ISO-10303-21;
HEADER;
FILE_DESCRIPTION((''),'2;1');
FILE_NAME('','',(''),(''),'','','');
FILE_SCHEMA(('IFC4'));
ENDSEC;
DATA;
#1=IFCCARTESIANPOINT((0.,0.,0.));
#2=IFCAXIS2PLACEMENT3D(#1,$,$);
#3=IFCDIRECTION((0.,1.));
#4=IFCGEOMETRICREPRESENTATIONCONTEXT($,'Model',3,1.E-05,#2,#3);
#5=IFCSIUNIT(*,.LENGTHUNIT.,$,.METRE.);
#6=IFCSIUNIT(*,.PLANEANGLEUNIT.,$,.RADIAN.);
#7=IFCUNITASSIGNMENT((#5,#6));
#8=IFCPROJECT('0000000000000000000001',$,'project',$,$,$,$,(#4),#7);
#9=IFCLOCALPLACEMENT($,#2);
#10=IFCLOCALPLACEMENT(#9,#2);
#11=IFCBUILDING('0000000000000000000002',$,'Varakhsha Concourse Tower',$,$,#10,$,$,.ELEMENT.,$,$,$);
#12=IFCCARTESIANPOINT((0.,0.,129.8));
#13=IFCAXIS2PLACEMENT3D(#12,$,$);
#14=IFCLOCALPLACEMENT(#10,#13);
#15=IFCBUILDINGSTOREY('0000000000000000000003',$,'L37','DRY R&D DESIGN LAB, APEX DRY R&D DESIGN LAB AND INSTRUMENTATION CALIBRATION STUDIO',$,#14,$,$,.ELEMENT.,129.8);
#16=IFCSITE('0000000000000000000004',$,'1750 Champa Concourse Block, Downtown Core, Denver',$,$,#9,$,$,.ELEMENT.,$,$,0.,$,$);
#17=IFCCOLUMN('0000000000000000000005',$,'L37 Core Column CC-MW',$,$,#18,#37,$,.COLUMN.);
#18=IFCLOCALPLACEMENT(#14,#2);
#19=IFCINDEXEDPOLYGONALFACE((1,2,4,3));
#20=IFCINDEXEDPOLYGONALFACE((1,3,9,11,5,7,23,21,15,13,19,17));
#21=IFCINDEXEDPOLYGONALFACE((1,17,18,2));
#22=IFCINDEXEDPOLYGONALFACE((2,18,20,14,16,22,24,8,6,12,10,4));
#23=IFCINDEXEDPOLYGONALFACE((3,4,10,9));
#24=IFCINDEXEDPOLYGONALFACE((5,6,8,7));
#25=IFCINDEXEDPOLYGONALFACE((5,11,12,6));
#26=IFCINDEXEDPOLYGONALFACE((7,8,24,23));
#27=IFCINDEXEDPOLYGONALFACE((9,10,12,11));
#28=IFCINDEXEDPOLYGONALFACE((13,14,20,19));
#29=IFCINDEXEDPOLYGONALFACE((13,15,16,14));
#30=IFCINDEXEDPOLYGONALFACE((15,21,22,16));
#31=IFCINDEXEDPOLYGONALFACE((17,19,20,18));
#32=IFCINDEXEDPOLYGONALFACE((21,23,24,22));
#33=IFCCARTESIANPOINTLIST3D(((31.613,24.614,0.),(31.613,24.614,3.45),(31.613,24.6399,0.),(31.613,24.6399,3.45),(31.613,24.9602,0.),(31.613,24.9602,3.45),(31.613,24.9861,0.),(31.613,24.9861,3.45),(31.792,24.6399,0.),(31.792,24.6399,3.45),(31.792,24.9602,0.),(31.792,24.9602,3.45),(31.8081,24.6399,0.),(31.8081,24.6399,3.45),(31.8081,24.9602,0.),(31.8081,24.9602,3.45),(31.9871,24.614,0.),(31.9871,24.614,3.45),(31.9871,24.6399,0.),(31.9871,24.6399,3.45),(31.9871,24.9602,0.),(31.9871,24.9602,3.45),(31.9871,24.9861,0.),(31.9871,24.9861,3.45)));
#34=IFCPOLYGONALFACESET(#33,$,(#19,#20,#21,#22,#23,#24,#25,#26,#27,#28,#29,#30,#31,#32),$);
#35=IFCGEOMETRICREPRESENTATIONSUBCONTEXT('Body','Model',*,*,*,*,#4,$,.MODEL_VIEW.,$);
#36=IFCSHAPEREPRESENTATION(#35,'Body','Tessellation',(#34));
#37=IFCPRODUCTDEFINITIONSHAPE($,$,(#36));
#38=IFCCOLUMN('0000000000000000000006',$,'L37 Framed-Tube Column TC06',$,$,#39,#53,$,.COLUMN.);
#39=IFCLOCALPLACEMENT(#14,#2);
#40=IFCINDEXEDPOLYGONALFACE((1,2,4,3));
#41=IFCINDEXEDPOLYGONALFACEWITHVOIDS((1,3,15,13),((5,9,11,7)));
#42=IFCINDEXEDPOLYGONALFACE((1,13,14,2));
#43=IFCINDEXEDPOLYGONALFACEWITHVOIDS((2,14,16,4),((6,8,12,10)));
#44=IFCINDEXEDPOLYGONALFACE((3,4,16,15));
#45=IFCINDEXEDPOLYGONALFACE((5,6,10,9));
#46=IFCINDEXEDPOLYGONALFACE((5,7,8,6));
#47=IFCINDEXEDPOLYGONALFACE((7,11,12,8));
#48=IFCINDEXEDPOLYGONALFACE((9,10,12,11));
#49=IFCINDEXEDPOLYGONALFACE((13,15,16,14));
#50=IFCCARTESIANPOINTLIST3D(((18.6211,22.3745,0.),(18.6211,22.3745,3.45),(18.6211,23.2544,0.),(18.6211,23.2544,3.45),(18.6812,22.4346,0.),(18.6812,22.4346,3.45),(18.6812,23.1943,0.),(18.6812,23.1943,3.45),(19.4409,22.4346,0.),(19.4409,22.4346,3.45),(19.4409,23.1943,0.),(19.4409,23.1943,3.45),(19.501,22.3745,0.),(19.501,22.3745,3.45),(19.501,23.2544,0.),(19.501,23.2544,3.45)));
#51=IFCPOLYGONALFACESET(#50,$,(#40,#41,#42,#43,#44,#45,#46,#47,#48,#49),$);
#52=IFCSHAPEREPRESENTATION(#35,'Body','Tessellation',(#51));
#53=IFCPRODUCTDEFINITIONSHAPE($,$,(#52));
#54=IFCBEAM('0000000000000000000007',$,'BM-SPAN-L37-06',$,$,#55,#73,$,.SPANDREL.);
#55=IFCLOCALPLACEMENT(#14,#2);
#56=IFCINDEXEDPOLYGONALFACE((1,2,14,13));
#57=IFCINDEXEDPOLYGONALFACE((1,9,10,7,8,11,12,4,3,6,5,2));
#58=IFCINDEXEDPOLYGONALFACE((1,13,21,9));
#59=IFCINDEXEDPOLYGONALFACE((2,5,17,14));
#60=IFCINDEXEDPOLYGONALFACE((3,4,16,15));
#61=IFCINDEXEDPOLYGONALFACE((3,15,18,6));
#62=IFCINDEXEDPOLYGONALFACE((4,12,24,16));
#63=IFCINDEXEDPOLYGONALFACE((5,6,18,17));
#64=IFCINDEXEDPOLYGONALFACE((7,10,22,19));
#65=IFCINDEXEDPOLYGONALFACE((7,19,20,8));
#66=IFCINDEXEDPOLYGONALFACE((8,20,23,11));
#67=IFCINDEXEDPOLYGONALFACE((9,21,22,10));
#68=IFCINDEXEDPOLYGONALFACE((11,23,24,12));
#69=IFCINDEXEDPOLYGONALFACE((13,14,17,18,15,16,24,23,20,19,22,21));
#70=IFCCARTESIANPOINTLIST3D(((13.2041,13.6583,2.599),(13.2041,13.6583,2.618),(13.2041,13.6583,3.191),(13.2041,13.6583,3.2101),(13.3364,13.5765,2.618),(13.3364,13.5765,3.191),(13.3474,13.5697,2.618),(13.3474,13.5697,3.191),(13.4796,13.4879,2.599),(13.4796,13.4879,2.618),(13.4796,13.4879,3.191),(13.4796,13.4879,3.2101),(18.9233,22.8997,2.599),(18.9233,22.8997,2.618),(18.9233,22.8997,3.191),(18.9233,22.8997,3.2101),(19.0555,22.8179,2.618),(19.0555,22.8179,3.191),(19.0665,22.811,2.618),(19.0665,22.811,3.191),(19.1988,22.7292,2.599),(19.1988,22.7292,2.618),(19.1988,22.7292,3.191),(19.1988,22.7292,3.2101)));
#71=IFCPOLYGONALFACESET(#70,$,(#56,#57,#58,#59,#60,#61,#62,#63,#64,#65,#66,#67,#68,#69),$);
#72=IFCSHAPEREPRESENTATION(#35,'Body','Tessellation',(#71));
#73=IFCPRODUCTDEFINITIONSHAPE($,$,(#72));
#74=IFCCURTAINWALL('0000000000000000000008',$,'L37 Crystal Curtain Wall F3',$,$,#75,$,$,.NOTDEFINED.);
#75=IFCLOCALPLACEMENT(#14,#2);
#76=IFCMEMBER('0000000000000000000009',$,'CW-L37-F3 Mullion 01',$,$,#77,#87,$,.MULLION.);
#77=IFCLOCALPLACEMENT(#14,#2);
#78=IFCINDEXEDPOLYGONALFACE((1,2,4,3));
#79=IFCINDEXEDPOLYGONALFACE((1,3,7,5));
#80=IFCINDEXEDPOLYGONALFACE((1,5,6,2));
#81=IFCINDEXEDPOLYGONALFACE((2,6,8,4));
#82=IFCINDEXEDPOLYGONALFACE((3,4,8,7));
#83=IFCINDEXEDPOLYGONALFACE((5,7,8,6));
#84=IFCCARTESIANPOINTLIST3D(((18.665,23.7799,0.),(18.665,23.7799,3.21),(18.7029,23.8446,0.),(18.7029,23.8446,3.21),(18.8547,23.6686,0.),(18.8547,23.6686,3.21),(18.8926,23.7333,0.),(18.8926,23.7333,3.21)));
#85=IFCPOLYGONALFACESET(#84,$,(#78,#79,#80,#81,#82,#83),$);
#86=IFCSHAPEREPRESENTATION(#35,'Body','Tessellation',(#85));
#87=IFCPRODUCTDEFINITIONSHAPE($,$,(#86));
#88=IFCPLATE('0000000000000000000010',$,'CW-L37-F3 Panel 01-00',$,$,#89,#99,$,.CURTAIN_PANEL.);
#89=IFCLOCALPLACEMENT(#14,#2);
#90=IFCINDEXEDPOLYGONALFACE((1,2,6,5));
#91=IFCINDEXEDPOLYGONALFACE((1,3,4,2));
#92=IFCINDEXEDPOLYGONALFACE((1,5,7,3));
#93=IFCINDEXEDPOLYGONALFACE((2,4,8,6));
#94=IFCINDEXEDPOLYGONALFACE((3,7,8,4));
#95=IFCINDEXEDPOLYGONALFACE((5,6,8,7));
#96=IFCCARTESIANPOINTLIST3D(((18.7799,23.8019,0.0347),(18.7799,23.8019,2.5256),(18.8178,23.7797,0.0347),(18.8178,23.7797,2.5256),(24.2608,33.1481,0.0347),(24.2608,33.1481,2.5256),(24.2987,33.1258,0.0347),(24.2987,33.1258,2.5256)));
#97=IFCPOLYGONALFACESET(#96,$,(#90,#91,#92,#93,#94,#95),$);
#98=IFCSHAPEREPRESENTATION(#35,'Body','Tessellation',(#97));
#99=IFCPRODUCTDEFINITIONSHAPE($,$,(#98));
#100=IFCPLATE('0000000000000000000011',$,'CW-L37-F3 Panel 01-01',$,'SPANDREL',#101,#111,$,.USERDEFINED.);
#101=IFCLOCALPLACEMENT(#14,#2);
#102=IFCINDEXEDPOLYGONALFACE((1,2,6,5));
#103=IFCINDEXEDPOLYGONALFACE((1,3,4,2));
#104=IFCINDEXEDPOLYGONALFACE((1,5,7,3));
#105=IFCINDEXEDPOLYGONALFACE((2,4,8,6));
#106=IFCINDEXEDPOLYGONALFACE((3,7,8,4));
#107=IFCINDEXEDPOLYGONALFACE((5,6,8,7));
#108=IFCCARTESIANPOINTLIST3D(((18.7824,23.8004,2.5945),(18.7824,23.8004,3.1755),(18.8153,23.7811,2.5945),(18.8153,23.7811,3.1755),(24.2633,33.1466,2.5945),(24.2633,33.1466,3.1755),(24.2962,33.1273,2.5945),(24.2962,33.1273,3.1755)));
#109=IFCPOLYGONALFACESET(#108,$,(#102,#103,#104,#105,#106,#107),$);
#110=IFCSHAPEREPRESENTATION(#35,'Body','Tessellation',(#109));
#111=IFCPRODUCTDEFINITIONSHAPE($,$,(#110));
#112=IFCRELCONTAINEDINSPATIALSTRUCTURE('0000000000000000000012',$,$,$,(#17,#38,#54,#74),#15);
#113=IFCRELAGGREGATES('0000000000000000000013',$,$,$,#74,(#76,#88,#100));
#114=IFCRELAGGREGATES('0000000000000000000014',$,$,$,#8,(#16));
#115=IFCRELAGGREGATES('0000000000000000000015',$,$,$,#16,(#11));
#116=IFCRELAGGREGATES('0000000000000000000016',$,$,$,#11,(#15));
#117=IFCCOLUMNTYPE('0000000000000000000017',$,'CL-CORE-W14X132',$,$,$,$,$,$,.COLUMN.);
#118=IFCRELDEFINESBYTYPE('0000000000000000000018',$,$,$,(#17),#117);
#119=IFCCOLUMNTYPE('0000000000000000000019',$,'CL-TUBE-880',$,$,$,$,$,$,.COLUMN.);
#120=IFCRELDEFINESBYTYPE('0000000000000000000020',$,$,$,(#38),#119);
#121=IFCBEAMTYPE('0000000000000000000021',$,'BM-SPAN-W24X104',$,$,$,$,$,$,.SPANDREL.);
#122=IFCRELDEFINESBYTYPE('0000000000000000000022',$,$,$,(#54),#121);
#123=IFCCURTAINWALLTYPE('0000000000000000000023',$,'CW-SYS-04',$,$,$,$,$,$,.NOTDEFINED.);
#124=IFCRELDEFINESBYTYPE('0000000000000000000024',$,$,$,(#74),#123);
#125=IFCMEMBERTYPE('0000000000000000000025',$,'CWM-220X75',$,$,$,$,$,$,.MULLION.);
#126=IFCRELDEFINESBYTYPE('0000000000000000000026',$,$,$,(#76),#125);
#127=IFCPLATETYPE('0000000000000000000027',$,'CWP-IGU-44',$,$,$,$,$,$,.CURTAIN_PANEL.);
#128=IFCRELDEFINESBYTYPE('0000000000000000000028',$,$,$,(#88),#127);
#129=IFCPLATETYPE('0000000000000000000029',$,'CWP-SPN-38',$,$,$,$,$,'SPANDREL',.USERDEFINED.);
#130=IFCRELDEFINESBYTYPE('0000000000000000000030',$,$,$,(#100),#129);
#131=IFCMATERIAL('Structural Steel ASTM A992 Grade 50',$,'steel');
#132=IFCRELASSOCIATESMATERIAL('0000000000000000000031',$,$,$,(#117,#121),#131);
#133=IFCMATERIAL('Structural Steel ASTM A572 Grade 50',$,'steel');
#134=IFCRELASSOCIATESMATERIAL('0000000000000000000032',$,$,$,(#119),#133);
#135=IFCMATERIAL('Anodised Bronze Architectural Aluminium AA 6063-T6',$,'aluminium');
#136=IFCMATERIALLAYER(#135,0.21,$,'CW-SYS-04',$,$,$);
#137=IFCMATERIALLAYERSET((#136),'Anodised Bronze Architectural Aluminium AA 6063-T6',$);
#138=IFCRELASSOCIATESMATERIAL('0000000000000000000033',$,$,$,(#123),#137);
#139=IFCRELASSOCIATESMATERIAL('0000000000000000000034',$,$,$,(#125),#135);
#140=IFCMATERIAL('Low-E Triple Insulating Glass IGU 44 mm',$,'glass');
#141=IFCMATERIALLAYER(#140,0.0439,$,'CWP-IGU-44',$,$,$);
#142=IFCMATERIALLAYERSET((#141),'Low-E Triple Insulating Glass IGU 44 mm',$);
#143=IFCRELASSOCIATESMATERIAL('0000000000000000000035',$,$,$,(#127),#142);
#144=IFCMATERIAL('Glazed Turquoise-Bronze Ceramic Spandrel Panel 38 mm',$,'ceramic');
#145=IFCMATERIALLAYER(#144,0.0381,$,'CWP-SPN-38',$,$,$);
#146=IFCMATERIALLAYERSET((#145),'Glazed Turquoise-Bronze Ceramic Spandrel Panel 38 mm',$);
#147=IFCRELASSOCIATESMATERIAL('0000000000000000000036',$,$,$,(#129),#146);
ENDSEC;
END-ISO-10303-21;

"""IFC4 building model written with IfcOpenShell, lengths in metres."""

from ifc_helpers import new_model, si_unit, direction, frame, origin, origin_2d, place, context, subcontext, project, spatial, rectangle, hollow_rectangle, i_section, extrude, source, transform, mapped, material, layer, layer_set, material_profile, profile_set, type_object, type_shapes, element, aggregate, save


model = new_model("IFC4")

# Units and contexts
model_context = context("Model", 3, precision=1e-05, world=origin(), true_north=direction((0.0, 1.0)))
body_context = subcontext(model_context, "Body", "Model", "MODEL_VIEW")
ifc_project = project(units=[si_unit("LENGTHUNIT", "METRE"), si_unit("PLANEANGLEUNIT", "RADIAN")], contexts=[model_context])

# Site, building, storey
site_placement = place(None, origin())
site = spatial("IfcSite", under=ifc_project, at=site_placement, Name="1750 Champa Concourse Block, Downtown Core, Denver", CompositionType="ELEMENT", RefElevation=0.0)
building_placement = place(site_placement, origin())
building = spatial("IfcBuilding", under=site, at=building_placement, Name="Varakhsha Concourse Tower", CompositionType="ELEMENT")
storey_placement = place(building_placement, frame((0.0, 0.0, 129.8)))
storey = spatial("IfcBuildingStorey", under=building, at=storey_placement, Name="L37", Description="DRY R&D DESIGN LAB, APEX DRY R&D DESIGN LAB AND INSTRUMENTATION CALIBRATION STUDIO", CompositionType="ELEMENT", Elevation=129.8)

# Columns
ifc_material_1 = material(Name="Structural Steel ASTM A992 Grade 50", Category="steel")
ifc_material_profile_1 = material_profile(ifc_material_1, i_section(OverallWidth=0.374, OverallDepth=0.3721, WebThickness=0.0161, FlangeThickness=0.0259, at=origin_2d()), Name="W14X132")
ifc_profile_set_1 = profile_set([ifc_material_profile_1], Name="Structural Steel ASTM A992 Grade 50")
column_type_1 = type_object("IfcColumnType", Name="CL-CORE-W14X132", PredefinedType="COLUMN", material=ifc_profile_set_1)
column_1_placement = place(storey_placement, frame((31.8, 24.8, 0.0), z_axis=(0.0, 0.0, 1.0), x_axis=(1.0, 0.0, 0.0)))
element("IfcColumn", 1, at=column_1_placement, inside=storey, type_object=column_type_1, Name="L37 Core Column CC-MW", PredefinedType="COLUMN", context=body_context, shape_type="SweptSolid", body=[
    extrude(i_section(OverallWidth=0.374, OverallDepth=0.3721, WebThickness=0.0161, FlangeThickness=0.0259, at=origin_2d()), origin(), (0.0, 0.0, 1.0), 3.45),
])
ifc_material_2 = material(Name="Structural Steel ASTM A572 Grade 50", Category="steel")
ifc_material_profile_2 = material_profile(ifc_material_2, hollow_rectangle(XDim=0.8799, YDim=0.8799, WallThickness=0.0601, at=origin_2d()), Name="BOX 880x880x60")
ifc_profile_set_2 = profile_set([ifc_material_profile_2], Name="Structural Steel ASTM A572 Grade 50")
column_type_2 = type_object("IfcColumnType", Name="CL-TUBE-880", PredefinedType="COLUMN", material=ifc_profile_set_2)
column_2_placement = place(storey_placement, frame((19.061, 22.8145, 0.0), z_axis=(0.0, 0.0, 1.0), x_axis=(1.0, 0.0, 0.0)))
element("IfcColumn", 2, at=column_2_placement, inside=storey, type_object=column_type_2, Name="L37 Framed-Tube Column TC06", PredefinedType="COLUMN", context=body_context, shape_type="SweptSolid", body=[
    extrude(hollow_rectangle(XDim=0.8799, YDim=0.8799, WallThickness=0.0601, at=origin_2d()), origin(), (0.0, 0.0, 1.0), 3.45),
])

# Beam
ifc_material_profile_3 = material_profile(ifc_material_1, i_section(OverallWidth=0.324, OverallDepth=0.6111, WebThickness=0.0129, FlangeThickness=0.019, at=origin_2d()), Name="W24X104")
ifc_profile_set_3 = profile_set([ifc_material_profile_3], Name="Structural Steel ASTM A992 Grade 50")
beam_type = type_object("IfcBeamType", Name="BM-SPAN-W24X104", PredefinedType="SPANDREL", material=ifc_profile_set_3)
beam_placement = place(storey_placement, frame((19.061, 22.8145, 2.9045), z_axis=(-0.526244, -0.850334, 0.0), x_axis=(0.850334, -0.526244, 0.0)))
element("IfcBeam", 3, at=beam_placement, inside=storey, type_object=beam_type, Name="BM-SPAN-L37-06", PredefinedType="SPANDREL", context=body_context, shape_type="SweptSolid", body=[
    extrude(i_section(OverallWidth=0.324, OverallDepth=0.6111, WebThickness=0.0129, FlangeThickness=0.019, at=origin_2d()), origin(), (0.0, 0.0, 1.0), 10.8679),
])

# Curtain wall, member, plates
ifc_material_3 = material(Name="Anodised Bronze Architectural Aluminium AA 6063-T6", Category="aluminium")
ifc_layer_1 = layer(ifc_material_3, 0.21, Name="CW-SYS-04")
ifc_layer_set_1 = layer_set([ifc_layer_1], Name="Anodised Bronze Architectural Aluminium AA 6063-T6")
curtain_wall_type = type_object("IfcCurtainWallType", Name="CW-SYS-04", PredefinedType="NOTDEFINED", material=ifc_layer_set_1)
curtain_wall_placement = place(storey_placement, origin())
curtain_wall = element("IfcCurtainWall", 4, at=curtain_wall_placement, inside=storey, type_object=curtain_wall_type, Name="L37 Crystal Curtain Wall F3", PredefinedType="NOTDEFINED")
ifc_material_profile_4 = material_profile(ifc_material_3, rectangle(XDim=0.075, YDim=0.22, at=origin_2d()), Name="CWM-220X75")
ifc_profile_set_4 = profile_set([ifc_material_profile_4], Name="Anodised Bronze Architectural Aluminium AA 6063-T6")
member_type = type_object("IfcMemberType", Name="CWM-220X75", PredefinedType="MULLION", material=ifc_profile_set_4)
shared_shape_1 = source(origin(), body_context, "Body", "SweptSolid", [
    extrude(rectangle(XDim=0.075, YDim=0.22, at=origin_2d()), origin(), (0.0, 0.0, 1.0), 3.21),
])
type_shapes(member_type, [shared_shape_1])
member_placement = place(storey_placement, frame((18.7788, 23.7566, 0.0), z_axis=(0.0, 0.0, 1.0), x_axis=(0.505862, 0.862614, 0.0)))
member = element("IfcMember", 5, at=member_placement, type_object=member_type, Name="CW-L37-F3 Mullion 01", PredefinedType="MULLION", context=body_context, shape_type="MappedRepresentation", body=[
    mapped(shared_shape_1, transform((0.0, 0.0, 0.0), scale=1.0)),
])
ifc_material_4 = material(Name="Low-E Triple Insulating Glass IGU 44 mm", Category="glass")
ifc_layer_2 = layer(ifc_material_4, 0.0439, Name="CWP-IGU-44")
ifc_layer_set_2 = layer_set([ifc_layer_2], Name="Low-E Triple Insulating Glass IGU 44 mm")
plate_type_1 = type_object("IfcPlateType", Name="CWP-IGU-44", PredefinedType="CURTAIN_PANEL", material=ifc_layer_set_2)
shared_shape_2 = source(origin(), body_context, "Body", "SweptSolid", [
    extrude(rectangle(XDim=10.8347, YDim=0.0439, at=origin_2d()), origin(), (0.0, 0.0, 1.0), 2.491),
])
type_shapes(plate_type_1, [shared_shape_2])
plate_1_placement = place(storey_placement, frame((21.5393, 28.4639, 0.0347), z_axis=(0.0, 0.0, 1.0), x_axis=(0.505862, 0.862614, 0.0)))
plate_1 = element("IfcPlate", 6, at=plate_1_placement, type_object=plate_type_1, Name="CW-L37-F3 Panel 01-00", PredefinedType="CURTAIN_PANEL", context=body_context, shape_type="MappedRepresentation", body=[
    mapped(shared_shape_2, transform((0.0, 0.0, 0.0), scale=1.0)),
])
ifc_material_5 = material(Name="Glazed Turquoise-Bronze Ceramic Spandrel Panel 38 mm", Category="ceramic")
ifc_layer_3 = layer(ifc_material_5, 0.0381, Name="CWP-SPN-38")
ifc_layer_set_3 = layer_set([ifc_layer_3], Name="Glazed Turquoise-Bronze Ceramic Spandrel Panel 38 mm")
plate_type_2 = type_object("IfcPlateType", Name="CWP-SPN-38", ElementType="SPANDREL", PredefinedType="USERDEFINED", material=ifc_layer_set_3)
shared_shape_3 = source(origin(), body_context, "Body", "SweptSolid", [
    extrude(rectangle(XDim=10.8347, YDim=0.0381, at=origin_2d()), origin(), (0.0, 0.0, 1.0), 0.5811),
])
type_shapes(plate_type_2, [shared_shape_3])
plate_2_placement = place(storey_placement, frame((21.5393, 28.4639, 2.5945), z_axis=(0.0, 0.0, 1.0), x_axis=(0.505862, 0.862614, 0.0)))
plate_2 = element("IfcPlate", 7, at=plate_2_placement, type_object=plate_type_2, Name="CW-L37-F3 Panel 01-01", ObjectType="SPANDREL", PredefinedType="USERDEFINED", context=body_context, shape_type="MappedRepresentation", body=[
    mapped(shared_shape_3, transform((0.0, 0.0, 0.0), scale=1.0)),
])
aggregate(curtain_wall, [member, plate_1, plate_2])

save(model, "model.ifc")
